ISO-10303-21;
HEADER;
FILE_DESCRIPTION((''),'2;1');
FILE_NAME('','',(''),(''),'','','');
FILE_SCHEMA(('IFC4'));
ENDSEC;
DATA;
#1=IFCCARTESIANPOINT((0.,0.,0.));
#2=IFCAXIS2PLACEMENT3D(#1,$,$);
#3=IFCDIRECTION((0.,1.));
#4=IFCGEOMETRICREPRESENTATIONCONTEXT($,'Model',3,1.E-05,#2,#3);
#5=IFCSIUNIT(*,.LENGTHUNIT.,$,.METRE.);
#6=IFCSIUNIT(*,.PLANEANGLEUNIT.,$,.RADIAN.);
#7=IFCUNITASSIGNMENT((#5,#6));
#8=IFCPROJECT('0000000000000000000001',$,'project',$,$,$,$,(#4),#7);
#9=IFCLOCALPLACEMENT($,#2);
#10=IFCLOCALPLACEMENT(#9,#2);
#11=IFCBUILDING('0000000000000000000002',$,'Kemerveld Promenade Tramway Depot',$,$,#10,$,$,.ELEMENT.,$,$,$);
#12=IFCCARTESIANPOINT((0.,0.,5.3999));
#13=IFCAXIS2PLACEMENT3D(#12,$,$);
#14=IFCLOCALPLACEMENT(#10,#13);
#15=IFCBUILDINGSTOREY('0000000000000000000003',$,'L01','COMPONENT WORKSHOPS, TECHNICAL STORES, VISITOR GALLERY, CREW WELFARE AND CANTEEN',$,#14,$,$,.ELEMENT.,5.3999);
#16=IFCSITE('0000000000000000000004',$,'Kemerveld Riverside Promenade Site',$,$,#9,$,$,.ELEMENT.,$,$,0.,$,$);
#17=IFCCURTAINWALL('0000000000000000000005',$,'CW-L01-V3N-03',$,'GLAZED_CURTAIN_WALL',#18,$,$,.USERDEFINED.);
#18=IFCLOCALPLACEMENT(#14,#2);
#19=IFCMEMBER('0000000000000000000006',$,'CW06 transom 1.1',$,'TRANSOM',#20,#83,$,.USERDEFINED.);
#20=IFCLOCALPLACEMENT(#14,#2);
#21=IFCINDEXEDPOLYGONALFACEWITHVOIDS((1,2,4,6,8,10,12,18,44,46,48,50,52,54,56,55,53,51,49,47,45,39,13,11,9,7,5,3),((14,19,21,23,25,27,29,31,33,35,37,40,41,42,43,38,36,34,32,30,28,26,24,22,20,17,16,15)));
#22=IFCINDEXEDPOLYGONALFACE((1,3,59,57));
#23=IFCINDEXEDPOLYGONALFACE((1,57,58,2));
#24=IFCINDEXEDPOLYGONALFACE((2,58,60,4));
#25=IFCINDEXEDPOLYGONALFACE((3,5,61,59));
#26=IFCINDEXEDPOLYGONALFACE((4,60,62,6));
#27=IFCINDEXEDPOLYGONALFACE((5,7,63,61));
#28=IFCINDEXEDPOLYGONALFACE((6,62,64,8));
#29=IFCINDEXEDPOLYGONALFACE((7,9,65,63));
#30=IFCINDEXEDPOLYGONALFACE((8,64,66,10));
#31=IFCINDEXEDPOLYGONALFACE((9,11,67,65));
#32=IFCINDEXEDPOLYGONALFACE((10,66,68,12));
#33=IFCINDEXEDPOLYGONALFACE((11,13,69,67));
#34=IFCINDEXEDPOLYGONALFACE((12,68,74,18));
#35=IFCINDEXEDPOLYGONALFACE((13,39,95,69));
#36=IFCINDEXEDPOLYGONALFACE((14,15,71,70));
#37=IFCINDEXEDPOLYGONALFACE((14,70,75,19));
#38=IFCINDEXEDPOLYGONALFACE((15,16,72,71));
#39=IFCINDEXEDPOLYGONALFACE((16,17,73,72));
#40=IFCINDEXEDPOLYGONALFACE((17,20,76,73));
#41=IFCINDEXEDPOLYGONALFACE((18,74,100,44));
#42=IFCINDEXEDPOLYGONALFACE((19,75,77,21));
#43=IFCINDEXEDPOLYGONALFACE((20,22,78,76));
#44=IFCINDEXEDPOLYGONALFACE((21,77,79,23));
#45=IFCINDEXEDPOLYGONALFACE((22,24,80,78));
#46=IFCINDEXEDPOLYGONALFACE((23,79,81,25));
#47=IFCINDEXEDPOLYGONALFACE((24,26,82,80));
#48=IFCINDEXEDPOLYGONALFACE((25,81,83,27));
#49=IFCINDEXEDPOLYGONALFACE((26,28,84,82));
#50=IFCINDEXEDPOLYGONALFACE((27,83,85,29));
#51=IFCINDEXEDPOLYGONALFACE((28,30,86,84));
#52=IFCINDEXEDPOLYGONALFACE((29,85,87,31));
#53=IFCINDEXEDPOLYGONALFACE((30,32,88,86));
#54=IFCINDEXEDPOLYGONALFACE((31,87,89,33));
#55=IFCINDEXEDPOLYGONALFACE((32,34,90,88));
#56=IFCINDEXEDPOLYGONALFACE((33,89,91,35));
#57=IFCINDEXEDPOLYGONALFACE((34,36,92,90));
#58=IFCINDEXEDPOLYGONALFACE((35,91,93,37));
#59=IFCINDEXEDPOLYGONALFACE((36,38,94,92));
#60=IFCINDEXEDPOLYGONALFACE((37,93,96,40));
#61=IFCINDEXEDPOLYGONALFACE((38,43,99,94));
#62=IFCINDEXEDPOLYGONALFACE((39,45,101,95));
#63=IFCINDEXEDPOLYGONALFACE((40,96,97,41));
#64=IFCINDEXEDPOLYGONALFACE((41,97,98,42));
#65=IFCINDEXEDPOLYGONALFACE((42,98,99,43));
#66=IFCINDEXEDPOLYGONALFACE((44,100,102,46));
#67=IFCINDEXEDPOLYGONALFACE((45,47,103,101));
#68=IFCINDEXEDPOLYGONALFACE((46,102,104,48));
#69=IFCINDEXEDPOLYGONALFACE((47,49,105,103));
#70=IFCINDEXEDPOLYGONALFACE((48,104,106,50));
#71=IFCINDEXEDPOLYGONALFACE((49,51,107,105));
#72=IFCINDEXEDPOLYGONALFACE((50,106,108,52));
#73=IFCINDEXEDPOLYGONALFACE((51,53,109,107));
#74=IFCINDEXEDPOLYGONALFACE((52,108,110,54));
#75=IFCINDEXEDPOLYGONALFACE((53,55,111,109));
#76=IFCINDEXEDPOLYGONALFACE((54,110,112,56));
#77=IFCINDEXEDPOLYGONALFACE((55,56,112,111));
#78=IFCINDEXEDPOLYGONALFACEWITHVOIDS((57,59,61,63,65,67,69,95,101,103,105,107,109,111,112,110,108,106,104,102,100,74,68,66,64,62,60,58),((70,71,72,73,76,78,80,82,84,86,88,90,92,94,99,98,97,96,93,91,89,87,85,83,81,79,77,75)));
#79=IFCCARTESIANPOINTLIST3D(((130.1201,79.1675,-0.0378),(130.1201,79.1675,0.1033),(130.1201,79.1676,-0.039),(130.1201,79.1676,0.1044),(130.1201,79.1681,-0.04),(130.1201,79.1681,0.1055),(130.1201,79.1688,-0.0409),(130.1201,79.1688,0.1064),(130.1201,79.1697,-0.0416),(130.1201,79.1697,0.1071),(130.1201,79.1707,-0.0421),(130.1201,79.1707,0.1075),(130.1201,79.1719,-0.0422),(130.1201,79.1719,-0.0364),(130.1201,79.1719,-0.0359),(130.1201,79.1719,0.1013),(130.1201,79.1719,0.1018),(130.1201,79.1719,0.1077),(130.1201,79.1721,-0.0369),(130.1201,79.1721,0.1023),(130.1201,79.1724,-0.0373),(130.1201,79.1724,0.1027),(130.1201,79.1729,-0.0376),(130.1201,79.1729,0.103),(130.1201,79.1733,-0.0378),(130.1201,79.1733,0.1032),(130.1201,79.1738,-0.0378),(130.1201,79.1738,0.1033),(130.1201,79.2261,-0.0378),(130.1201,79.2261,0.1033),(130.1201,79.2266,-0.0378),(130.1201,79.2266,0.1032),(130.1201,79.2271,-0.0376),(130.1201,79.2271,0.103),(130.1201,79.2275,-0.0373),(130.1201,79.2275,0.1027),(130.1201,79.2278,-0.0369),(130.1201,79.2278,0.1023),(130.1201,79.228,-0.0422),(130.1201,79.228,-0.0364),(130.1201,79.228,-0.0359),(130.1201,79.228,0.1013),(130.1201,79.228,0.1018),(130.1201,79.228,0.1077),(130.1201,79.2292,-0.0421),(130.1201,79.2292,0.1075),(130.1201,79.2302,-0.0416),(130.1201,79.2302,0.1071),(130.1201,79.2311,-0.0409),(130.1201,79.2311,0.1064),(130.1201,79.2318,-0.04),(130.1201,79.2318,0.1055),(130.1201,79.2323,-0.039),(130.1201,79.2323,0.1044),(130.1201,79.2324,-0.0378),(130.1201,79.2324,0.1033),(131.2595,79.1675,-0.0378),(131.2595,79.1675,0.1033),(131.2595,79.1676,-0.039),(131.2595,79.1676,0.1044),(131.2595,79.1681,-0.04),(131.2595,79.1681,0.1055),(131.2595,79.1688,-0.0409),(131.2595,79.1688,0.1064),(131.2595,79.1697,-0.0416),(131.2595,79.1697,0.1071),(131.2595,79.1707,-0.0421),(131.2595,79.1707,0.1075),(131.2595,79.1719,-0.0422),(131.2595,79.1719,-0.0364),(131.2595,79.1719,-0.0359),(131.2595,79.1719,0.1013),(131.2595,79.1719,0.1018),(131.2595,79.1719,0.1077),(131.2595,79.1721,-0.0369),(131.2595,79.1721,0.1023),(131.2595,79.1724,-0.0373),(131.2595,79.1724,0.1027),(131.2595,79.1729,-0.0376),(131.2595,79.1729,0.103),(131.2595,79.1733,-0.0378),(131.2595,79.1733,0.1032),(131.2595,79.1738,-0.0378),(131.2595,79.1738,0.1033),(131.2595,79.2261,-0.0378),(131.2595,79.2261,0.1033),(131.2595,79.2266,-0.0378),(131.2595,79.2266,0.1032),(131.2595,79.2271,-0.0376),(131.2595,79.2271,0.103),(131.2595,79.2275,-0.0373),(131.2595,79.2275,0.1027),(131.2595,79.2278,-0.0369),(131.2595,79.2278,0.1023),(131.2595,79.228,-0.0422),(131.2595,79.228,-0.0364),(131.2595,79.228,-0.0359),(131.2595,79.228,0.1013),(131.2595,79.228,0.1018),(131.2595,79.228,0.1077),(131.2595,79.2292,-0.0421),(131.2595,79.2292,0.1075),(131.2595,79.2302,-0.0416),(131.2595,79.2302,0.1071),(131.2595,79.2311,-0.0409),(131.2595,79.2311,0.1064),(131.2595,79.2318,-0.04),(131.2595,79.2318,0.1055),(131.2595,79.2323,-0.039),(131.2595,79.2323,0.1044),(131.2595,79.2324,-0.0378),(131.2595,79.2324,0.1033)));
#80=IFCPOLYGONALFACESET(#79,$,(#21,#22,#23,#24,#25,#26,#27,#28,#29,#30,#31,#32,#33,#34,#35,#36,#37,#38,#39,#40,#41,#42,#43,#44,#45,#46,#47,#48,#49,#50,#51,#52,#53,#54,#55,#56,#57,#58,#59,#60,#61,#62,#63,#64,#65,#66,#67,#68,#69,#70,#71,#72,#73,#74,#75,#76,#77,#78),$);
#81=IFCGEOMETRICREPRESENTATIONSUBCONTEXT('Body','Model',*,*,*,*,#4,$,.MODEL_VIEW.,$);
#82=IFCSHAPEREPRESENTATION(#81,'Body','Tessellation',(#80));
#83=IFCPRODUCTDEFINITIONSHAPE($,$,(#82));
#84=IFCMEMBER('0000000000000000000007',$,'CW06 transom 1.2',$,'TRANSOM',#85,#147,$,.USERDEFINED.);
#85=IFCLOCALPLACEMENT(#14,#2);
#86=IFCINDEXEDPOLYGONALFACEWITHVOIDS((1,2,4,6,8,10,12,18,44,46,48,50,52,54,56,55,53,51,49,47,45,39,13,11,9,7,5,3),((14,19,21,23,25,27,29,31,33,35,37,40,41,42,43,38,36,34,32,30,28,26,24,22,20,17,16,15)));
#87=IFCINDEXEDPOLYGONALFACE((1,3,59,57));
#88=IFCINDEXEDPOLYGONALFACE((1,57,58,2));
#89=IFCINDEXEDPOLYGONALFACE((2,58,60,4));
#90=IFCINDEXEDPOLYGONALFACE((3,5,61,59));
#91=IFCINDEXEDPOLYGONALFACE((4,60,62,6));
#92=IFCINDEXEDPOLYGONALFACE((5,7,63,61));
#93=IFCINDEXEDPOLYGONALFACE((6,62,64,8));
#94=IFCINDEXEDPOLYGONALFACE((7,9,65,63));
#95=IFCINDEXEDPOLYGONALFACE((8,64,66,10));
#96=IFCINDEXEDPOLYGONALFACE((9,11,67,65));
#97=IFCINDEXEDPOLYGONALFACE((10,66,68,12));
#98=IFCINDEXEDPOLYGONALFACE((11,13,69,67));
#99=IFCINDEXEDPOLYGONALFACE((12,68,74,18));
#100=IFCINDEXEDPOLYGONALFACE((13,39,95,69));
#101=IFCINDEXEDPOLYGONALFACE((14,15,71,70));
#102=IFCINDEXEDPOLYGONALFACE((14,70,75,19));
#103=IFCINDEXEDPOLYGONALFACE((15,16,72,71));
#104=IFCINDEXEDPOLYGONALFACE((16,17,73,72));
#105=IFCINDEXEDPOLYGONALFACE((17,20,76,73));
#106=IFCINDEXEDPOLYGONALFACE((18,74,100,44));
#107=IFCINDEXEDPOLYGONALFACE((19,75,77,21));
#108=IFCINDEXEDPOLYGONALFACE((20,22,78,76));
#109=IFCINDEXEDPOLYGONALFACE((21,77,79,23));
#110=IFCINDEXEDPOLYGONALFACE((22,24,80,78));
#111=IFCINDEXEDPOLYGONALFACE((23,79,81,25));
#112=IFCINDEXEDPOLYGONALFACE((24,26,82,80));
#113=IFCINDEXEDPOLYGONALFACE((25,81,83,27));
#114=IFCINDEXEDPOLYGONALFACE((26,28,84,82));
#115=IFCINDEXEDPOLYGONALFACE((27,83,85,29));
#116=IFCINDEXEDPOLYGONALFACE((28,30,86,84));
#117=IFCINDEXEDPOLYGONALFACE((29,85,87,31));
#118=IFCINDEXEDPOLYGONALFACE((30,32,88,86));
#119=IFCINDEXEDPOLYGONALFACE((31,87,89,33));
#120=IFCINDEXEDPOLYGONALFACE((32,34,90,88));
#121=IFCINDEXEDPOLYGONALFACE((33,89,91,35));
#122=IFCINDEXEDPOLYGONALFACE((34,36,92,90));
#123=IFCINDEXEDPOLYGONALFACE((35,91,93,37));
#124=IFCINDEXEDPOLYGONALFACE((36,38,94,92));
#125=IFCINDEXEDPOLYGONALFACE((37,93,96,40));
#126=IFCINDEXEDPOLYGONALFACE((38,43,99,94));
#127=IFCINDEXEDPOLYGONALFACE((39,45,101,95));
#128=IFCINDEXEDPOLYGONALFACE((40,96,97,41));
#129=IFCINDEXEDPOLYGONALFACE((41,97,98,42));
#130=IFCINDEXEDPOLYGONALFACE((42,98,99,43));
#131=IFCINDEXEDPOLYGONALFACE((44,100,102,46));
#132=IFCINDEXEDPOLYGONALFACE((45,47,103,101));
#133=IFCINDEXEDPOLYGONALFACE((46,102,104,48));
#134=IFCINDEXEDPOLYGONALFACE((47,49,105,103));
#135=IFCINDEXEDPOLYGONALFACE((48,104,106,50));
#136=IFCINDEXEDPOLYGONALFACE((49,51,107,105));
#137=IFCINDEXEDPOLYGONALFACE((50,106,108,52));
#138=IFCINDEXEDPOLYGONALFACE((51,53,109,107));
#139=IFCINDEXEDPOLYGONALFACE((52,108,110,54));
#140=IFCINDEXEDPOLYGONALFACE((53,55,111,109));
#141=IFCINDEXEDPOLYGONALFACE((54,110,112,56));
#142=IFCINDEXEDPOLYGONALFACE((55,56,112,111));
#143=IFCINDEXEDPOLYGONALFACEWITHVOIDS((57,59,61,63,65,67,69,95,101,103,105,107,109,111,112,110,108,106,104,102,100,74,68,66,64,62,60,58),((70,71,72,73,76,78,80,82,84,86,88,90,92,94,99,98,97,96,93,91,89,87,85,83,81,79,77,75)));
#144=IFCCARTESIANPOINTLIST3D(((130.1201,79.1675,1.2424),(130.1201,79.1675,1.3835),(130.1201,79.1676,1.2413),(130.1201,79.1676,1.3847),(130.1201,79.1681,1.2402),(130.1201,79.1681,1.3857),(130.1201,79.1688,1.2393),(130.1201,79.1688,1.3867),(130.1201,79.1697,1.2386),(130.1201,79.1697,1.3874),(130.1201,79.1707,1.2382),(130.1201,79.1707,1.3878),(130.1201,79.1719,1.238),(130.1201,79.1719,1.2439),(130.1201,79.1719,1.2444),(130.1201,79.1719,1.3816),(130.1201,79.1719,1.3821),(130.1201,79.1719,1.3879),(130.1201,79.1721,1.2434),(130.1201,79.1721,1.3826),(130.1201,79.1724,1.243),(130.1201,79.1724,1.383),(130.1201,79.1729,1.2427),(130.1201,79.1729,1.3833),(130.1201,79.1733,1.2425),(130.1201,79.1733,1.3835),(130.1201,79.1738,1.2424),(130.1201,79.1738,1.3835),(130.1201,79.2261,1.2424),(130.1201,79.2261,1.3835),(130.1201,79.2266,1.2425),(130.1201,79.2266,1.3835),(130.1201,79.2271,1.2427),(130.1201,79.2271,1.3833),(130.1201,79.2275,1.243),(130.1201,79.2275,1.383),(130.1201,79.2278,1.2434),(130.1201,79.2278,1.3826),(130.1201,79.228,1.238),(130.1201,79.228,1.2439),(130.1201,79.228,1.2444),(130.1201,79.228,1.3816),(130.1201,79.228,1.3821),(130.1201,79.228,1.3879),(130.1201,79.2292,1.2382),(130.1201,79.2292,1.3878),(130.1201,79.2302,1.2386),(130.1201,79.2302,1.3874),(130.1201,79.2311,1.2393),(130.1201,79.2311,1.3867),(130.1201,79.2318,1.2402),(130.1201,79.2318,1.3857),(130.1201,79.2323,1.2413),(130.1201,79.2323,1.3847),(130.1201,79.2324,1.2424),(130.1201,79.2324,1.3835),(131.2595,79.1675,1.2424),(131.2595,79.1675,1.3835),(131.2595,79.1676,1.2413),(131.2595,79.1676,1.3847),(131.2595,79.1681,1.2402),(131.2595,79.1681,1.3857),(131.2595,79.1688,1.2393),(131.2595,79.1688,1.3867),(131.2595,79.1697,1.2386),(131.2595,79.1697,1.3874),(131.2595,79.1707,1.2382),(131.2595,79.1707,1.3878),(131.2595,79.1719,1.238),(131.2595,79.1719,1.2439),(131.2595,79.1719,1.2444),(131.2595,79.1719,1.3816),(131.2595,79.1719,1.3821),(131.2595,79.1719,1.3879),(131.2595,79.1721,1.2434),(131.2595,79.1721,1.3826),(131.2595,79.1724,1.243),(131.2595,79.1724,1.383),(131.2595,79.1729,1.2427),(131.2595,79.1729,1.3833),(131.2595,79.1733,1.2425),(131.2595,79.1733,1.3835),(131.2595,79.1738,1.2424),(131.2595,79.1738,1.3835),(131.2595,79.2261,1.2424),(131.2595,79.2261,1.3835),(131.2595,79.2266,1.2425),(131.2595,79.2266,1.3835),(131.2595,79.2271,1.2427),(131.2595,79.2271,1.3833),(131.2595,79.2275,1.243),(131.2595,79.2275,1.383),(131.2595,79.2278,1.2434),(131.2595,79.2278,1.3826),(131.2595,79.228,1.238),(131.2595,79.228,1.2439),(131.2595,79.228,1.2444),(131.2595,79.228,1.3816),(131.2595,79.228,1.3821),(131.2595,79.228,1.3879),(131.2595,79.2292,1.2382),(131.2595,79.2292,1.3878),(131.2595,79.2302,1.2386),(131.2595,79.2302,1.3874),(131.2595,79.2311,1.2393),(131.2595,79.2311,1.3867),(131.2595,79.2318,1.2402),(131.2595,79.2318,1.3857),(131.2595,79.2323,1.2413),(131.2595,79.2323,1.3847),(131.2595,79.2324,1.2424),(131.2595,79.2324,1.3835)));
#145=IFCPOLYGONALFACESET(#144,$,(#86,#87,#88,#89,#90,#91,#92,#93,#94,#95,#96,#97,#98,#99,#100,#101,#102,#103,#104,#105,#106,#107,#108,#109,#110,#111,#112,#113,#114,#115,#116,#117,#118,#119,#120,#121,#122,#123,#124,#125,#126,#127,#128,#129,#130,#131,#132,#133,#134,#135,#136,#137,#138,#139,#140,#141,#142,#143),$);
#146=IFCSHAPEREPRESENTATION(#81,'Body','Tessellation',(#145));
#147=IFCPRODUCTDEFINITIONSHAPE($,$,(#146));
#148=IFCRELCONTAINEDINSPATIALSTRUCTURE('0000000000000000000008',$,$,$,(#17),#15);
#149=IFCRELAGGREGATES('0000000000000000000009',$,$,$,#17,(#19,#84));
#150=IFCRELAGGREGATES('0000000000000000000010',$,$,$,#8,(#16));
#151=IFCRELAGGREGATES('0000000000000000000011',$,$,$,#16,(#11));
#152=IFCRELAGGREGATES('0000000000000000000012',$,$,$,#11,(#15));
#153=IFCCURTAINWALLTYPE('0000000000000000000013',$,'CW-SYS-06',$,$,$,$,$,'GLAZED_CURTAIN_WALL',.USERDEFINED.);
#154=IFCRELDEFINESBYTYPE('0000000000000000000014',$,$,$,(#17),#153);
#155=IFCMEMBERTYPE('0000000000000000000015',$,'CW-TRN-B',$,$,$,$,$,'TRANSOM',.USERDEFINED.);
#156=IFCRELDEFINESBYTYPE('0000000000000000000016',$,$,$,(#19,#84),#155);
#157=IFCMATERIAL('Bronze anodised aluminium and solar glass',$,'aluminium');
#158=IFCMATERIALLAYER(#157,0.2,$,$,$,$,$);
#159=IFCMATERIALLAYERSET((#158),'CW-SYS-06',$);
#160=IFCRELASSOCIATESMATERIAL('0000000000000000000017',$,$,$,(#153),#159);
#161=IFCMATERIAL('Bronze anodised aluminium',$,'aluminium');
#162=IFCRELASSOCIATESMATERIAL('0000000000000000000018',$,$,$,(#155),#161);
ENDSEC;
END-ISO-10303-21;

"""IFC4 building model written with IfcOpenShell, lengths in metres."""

from ifc_helpers import new_model, si_unit, direction, frame, origin, origin_2d, place, context, subcontext, project, spatial, hollow_rectangle, extrude, material, layer, layer_set, material_profile, profile_set, type_object, element, aggregate, save


model = new_model("IFC4")

# Units and contexts
model_context = context("Model", 3, precision=1e-05, world=origin(), true_north=direction((0.0, 1.0)))
body_context = subcontext(model_context, "Body", "Model", "MODEL_VIEW")
ifc_project = project(units=[si_unit("LENGTHUNIT", "METRE"), si_unit("PLANEANGLEUNIT", "RADIAN")], contexts=[model_context])

# Site, building, storey
site_placement = place(None, origin())
site = spatial("IfcSite", under=ifc_project, at=site_placement, Name="Kemerveld Riverside Promenade Site", CompositionType="ELEMENT", RefElevation=0.0)
building_placement = place(site_placement, origin())
building = spatial("IfcBuilding", under=site, at=building_placement, Name="Kemerveld Promenade Tramway Depot", CompositionType="ELEMENT")
storey_placement = place(building_placement, frame((0.0, 0.0, 5.3999)))
storey = spatial("IfcBuildingStorey", under=building, at=storey_placement, Name="L01", Description="COMPONENT WORKSHOPS, TECHNICAL STORES, VISITOR GALLERY, CREW WELFARE AND CANTEEN", CompositionType="ELEMENT", Elevation=5.3999)

# Curtain wall, members
ifc_material_1 = material(Name="Bronze anodised aluminium and solar glass", Category="aluminium")
ifc_layer_1 = layer(ifc_material_1, 0.2)
ifc_layer_set_1 = layer_set([ifc_layer_1], Name="CW-SYS-06")
curtain_wall_type = type_object("IfcCurtainWallType", Name="CW-SYS-06", ElementType="GLAZED_CURTAIN_WALL", PredefinedType="USERDEFINED", material=ifc_layer_set_1)
curtain_wall_placement = place(storey_placement, origin())
curtain_wall = element("IfcCurtainWall", 1, at=curtain_wall_placement, inside=storey, type_object=curtain_wall_type, Name="CW-L01-V3N-03", ObjectType="GLAZED_CURTAIN_WALL", PredefinedType="USERDEFINED")
ifc_material_2 = material(Name="Bronze anodised aluminium", Category="aluminium")
ifc_material_profile_1 = material_profile(ifc_material_2, hollow_rectangle(XDim=0.0649, YDim=0.1499, WallThickness=0.0044, InnerFilletRadius=0.002, OuterFilletRadius=0.0044, at=origin_2d()), Name="CW-TRN-150x65")
ifc_profile_set_1 = profile_set([ifc_material_profile_1], Name="Bronze anodised aluminium")
member_type_1 = type_object("IfcMemberType", Name="CW-TRN-B", ElementType="TRANSOM", PredefinedType="USERDEFINED", material=ifc_profile_set_1)
member_1_placement = place(storey_placement, frame((130.1201, 79.2, 0.0327), z_axis=(1.0, 0.0, 0.0), x_axis=(0.0, 1.0, 0.0)))
member_1 = element("IfcMember", 2, at=member_1_placement, type_object=member_type_1, Name="CW06 transom 1.1", ObjectType="TRANSOM", PredefinedType="USERDEFINED", context=body_context, shape_type="SweptSolid", body=[
    extrude(hollow_rectangle(XDim=0.0649, YDim=0.1499, WallThickness=0.0044, InnerFilletRadius=0.002, OuterFilletRadius=0.0044, at=origin_2d()), origin(), (0.0, 0.0, 1.0), 1.1394),
])
member_2_placement = place(storey_placement, frame((130.1201, 79.2, 1.313), z_axis=(1.0, 0.0, 0.0), x_axis=(0.0, 1.0, 0.0)))
member_2 = element("IfcMember", 3, at=member_2_placement, type_object=member_type_1, Name="CW06 transom 1.2", ObjectType="TRANSOM", PredefinedType="USERDEFINED", context=body_context, shape_type="SweptSolid", body=[
    extrude(hollow_rectangle(XDim=0.0649, YDim=0.1499, WallThickness=0.0044, InnerFilletRadius=0.002, OuterFilletRadius=0.0044, at=origin_2d()), origin(), (0.0, 0.0, 1.0), 1.1394),
])
aggregate(curtain_wall, [member_1, member_2])

save(model, "model.ifc")
